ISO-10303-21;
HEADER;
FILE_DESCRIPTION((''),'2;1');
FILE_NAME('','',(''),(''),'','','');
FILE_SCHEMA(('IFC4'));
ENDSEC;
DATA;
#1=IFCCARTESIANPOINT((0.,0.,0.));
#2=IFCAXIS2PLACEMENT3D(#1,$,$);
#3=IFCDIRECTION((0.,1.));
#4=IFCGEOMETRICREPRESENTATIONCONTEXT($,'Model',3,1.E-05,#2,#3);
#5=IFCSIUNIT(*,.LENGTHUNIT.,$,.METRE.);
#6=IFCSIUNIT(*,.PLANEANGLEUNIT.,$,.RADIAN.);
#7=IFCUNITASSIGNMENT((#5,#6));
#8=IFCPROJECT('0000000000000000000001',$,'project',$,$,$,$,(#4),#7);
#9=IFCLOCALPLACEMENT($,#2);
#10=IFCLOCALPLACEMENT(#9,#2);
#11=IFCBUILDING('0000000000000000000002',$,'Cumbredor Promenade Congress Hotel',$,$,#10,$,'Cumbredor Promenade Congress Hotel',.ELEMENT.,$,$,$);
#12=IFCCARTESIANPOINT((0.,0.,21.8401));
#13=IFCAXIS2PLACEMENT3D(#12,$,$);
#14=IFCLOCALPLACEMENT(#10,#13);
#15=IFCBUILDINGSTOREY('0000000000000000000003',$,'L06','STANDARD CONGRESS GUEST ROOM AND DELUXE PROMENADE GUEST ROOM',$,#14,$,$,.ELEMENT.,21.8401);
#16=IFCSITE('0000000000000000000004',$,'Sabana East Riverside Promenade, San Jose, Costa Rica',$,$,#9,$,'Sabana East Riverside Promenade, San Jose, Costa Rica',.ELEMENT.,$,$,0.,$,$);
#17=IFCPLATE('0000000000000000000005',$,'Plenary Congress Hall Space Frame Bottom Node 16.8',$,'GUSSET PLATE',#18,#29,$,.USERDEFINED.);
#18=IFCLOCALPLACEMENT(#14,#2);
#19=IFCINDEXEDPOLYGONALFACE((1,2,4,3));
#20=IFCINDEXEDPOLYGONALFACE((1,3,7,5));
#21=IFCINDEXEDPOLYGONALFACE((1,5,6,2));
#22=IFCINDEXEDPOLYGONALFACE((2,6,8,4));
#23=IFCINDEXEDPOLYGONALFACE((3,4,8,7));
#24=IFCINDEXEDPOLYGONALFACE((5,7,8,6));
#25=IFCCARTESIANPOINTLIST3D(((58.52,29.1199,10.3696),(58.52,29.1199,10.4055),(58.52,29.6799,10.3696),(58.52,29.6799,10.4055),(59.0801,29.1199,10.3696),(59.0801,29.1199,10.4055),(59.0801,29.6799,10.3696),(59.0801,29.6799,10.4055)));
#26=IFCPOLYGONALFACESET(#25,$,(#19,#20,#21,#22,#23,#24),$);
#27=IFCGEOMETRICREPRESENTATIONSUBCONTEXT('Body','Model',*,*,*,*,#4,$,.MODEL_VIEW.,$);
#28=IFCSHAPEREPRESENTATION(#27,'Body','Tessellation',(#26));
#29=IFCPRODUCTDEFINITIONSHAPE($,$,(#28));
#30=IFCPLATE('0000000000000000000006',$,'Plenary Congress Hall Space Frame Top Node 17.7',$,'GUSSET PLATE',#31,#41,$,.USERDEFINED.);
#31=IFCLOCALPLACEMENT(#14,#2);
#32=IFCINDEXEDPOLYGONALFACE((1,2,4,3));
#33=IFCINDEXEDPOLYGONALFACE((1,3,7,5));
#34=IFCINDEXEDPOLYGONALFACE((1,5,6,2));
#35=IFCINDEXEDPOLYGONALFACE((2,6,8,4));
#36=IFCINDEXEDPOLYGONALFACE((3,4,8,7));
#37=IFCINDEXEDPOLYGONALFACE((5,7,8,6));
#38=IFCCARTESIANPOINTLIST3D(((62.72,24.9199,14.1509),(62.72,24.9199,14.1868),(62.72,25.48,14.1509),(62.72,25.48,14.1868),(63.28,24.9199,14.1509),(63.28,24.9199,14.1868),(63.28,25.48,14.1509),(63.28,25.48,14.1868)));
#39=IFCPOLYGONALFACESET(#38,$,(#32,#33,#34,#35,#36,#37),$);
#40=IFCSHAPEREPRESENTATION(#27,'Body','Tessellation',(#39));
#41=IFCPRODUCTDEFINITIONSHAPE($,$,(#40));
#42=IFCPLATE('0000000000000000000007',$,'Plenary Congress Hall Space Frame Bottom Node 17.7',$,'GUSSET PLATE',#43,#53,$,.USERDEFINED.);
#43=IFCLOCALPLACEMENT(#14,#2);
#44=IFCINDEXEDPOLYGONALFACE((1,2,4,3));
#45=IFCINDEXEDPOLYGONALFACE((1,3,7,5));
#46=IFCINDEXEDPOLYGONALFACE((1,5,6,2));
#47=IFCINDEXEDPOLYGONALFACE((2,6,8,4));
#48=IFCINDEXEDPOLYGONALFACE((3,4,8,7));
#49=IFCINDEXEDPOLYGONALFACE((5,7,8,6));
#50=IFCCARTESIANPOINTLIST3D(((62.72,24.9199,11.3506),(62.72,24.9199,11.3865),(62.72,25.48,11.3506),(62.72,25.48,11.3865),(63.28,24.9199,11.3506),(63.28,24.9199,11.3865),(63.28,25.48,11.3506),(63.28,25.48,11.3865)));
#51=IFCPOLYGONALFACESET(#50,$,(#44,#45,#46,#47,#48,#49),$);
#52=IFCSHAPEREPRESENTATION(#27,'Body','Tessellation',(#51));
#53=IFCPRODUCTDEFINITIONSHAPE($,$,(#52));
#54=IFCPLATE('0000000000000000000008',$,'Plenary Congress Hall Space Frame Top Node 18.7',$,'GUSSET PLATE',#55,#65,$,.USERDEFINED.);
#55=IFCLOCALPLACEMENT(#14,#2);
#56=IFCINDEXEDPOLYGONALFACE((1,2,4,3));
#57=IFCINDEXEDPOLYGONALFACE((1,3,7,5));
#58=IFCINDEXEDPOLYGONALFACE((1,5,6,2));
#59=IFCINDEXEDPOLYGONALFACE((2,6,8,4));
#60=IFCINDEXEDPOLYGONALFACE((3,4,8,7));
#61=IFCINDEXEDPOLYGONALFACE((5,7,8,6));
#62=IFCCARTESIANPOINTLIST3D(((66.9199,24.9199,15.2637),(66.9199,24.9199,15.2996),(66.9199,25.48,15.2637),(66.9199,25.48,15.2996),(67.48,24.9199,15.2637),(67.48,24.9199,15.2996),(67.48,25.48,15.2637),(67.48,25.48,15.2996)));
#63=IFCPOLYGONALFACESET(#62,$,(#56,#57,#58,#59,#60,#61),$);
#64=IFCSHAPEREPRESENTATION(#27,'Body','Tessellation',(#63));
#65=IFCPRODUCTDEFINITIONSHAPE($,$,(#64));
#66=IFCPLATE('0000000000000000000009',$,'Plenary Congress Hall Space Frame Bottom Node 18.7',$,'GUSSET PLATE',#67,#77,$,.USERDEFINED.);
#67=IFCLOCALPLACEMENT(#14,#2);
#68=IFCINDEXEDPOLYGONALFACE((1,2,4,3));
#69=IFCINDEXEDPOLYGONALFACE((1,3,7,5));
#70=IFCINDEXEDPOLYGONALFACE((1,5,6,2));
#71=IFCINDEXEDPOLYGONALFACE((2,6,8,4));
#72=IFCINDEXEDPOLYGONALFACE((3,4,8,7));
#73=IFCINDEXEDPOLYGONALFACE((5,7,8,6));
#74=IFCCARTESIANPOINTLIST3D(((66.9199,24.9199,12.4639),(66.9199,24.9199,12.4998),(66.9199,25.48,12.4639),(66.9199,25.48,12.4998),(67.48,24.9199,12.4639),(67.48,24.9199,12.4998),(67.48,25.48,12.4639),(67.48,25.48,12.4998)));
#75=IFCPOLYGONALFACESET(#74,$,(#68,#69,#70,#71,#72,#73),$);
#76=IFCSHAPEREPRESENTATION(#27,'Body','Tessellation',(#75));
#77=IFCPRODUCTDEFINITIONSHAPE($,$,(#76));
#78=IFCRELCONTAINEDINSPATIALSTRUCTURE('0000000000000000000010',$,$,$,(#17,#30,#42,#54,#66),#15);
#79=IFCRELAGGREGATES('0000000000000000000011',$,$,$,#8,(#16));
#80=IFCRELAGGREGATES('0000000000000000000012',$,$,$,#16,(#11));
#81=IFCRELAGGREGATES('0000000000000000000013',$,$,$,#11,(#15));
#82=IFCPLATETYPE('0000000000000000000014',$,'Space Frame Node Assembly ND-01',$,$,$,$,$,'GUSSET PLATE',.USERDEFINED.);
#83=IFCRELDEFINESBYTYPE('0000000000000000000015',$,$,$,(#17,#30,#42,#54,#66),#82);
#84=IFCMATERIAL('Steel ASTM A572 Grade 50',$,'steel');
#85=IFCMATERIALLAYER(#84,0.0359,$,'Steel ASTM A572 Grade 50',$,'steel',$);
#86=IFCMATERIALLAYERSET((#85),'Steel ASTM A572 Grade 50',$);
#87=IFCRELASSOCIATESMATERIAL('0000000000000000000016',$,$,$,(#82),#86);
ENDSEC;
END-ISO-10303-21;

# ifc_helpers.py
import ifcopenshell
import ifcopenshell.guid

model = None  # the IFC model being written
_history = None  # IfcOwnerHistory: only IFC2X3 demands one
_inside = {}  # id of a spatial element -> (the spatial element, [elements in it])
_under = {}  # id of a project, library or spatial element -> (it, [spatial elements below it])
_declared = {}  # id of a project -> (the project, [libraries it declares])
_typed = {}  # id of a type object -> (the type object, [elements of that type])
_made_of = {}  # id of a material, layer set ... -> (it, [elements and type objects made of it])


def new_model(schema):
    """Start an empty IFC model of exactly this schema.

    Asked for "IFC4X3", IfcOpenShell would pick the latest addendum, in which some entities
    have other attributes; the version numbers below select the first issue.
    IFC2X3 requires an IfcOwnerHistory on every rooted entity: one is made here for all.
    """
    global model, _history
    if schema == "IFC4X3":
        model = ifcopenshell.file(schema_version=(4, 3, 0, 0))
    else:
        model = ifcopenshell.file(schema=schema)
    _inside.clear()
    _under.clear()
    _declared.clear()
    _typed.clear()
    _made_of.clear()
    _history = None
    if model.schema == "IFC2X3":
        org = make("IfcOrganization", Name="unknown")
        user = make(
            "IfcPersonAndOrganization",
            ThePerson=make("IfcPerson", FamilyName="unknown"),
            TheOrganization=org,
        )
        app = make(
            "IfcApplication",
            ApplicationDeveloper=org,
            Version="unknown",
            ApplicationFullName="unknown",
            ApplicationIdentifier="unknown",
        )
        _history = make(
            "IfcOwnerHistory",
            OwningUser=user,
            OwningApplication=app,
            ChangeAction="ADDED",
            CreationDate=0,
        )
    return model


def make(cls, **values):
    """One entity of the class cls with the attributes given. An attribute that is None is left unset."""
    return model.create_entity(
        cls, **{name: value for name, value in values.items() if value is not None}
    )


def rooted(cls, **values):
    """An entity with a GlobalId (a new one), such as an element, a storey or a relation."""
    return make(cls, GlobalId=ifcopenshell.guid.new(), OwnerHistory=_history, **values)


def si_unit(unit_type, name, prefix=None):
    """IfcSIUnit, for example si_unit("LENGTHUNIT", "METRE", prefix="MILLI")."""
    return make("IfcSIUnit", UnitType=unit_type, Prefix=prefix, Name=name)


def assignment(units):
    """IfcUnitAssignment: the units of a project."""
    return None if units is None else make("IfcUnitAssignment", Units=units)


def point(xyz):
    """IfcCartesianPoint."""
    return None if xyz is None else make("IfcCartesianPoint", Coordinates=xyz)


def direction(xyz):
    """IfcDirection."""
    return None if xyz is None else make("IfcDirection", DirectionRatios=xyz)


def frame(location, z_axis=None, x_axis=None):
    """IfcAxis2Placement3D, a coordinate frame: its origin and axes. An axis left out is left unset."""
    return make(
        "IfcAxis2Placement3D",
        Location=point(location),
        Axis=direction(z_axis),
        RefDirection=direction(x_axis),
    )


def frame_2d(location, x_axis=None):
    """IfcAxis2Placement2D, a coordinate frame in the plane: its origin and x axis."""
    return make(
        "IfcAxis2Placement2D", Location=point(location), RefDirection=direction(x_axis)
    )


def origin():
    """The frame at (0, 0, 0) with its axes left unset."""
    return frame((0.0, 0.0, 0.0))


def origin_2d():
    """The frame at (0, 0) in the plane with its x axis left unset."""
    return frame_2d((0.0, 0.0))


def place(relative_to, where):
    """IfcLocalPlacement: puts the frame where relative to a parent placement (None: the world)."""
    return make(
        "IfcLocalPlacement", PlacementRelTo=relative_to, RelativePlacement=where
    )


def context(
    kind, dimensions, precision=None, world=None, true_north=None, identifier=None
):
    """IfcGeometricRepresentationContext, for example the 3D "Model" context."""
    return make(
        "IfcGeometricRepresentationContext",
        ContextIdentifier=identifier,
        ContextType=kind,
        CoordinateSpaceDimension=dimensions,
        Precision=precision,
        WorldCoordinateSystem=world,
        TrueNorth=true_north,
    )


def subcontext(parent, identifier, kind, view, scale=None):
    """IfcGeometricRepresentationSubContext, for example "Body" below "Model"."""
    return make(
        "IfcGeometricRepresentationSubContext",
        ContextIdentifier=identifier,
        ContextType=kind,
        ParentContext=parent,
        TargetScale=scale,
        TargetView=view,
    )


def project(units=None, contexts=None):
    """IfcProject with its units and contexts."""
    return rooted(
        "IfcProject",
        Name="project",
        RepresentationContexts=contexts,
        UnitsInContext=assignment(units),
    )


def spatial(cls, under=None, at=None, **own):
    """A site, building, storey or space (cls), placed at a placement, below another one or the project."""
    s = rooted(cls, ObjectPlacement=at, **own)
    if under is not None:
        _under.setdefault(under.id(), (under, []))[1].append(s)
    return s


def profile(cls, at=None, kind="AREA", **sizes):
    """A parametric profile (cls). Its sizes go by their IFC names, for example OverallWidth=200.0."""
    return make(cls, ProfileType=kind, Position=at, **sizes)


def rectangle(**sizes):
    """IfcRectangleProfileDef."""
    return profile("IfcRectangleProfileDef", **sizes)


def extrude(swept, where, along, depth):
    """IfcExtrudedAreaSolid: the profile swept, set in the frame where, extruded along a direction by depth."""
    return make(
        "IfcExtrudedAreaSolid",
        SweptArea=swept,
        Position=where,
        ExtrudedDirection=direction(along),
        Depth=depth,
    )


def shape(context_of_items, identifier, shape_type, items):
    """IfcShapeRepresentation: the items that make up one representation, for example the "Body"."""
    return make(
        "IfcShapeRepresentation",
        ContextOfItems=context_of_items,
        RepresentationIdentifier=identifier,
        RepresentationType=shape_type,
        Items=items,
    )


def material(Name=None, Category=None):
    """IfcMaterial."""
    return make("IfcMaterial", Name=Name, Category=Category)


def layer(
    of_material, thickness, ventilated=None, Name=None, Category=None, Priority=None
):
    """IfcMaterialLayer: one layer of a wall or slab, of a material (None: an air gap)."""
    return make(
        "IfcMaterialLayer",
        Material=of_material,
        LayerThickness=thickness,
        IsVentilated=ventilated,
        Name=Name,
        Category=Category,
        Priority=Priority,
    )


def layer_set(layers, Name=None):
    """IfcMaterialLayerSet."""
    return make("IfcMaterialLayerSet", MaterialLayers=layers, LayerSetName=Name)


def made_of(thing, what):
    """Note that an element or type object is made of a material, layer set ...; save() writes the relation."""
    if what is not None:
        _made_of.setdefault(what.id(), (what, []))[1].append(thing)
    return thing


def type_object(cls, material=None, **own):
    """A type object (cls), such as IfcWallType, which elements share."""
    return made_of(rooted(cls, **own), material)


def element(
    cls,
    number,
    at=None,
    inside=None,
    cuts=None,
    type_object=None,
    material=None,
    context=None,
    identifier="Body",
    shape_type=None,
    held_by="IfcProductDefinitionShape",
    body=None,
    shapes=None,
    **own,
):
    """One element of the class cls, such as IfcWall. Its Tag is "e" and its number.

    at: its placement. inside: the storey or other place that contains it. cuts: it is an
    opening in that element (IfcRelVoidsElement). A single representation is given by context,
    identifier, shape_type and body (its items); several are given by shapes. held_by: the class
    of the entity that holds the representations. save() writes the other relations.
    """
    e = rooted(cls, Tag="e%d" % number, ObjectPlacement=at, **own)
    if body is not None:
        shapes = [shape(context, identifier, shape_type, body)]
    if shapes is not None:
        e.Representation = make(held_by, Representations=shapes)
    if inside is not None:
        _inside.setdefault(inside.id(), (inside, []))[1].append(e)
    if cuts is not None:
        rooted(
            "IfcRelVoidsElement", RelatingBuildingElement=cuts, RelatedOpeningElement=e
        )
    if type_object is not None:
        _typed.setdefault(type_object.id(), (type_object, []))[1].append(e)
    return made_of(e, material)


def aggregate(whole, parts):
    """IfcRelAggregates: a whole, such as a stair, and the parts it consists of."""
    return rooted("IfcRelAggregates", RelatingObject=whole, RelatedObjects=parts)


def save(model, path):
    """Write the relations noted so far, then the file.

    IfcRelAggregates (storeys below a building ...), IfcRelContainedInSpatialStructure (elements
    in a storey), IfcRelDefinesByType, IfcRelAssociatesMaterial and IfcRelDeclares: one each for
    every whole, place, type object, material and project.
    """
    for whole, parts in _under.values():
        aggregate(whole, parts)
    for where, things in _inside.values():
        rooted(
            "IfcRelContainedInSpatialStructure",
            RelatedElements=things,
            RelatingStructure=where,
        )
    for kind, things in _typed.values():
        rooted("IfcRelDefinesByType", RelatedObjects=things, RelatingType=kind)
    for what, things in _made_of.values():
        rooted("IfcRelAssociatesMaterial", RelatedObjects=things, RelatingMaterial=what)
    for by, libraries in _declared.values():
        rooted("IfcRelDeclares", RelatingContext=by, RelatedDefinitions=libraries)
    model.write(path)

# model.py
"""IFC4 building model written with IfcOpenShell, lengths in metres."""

from ifc_helpers import new_model, si_unit, direction, frame, origin, origin_2d, place, context, subcontext, project, spatial, rectangle, extrude, material, layer, layer_set, type_object, element, save


model = new_model("IFC4")

# Units and contexts
model_context = context("Model", 3, precision=1e-05, world=origin(), true_north=direction((0.0, 1.0)))
body_context = subcontext(model_context, "Body", "Model", "MODEL_VIEW")
ifc_project = project(units=[si_unit("LENGTHUNIT", "METRE"), si_unit("PLANEANGLEUNIT", "RADIAN")], contexts=[model_context])

# Site, building, storey
site_placement = place(None, origin())
site = spatial("IfcSite", under=ifc_project, at=site_placement, Name="Sabana East Riverside Promenade, San Jose, Costa Rica", LongName="Sabana East Riverside Promenade, San Jose, Costa Rica", CompositionType="ELEMENT", RefElevation=0.0)
building_placement = place(site_placement, origin())
building = spatial("IfcBuilding", under=site, at=building_placement, Name="Cumbredor Promenade Congress Hotel", LongName="Cumbredor Promenade Congress Hotel", CompositionType="ELEMENT")
storey_placement = place(building_placement, frame((0.0, 0.0, 21.8401)))
storey = spatial("IfcBuildingStorey", under=building, at=storey_placement, Name="L06", Description="STANDARD CONGRESS GUEST ROOM AND DELUXE PROMENADE GUEST ROOM", CompositionType="ELEMENT", Elevation=21.8401)

# Plates
ifc_material_1 = material(Name="Steel ASTM A572 Grade 50", Category="steel")
ifc_layer = layer(ifc_material_1, 0.0359, Name="Steel ASTM A572 Grade 50", Category="steel")
ifc_layer_set = layer_set([ifc_layer], Name="Steel ASTM A572 Grade 50")
plate_type = type_object("IfcPlateType", Name="Space Frame Node Assembly ND-01", ElementType="GUSSET PLATE", PredefinedType="USERDEFINED", material=ifc_layer_set)
for number, where, z_axis, x_axis, name in (
    (1, (58.8, 29.3999, 10.3696), (0.0, 0.0, 1.0), (1.0, 0.0, 0.0), "Plenary Congress Hall Space Frame Bottom Node 16.8"),
    (2, (63.0, 25.2, 14.1509), (0.0, 0.0, 1.0), (1.0, 0.0, 0.0), "Plenary Congress Hall Space Frame Top Node 17.7"),
    (3, (63.0, 25.2, 11.3506), (0.0, 0.0, 1.0), (1.0, 0.0, 0.0), "Plenary Congress Hall Space Frame Bottom Node 17.7"),
    (4, (67.2, 25.2, 15.2637), (0.0, 0.0, 1.0), (1.0, 0.0, 0.0), "Plenary Congress Hall Space Frame Top Node 18.7"),
    (5, (67.2, 25.2, 12.4639), (0.0, 0.0, 1.0), (1.0, 0.0, 0.0), "Plenary Congress Hall Space Frame Bottom Node 18.7"),
):
    element("IfcPlate", number, at=place(storey_placement, frame(where, z_axis=z_axis, x_axis=x_axis)), inside=storey, type_object=plate_type, Name=name, ObjectType="GUSSET PLATE", PredefinedType="USERDEFINED", context=body_context, shape_type="SweptSolid", body=[
        extrude(rectangle(XDim=0.5601, YDim=0.5601, at=origin_2d()), origin(), (0.0, 0.0, 1.0), 0.0359),
    ])

save(model, "model.ifc")
